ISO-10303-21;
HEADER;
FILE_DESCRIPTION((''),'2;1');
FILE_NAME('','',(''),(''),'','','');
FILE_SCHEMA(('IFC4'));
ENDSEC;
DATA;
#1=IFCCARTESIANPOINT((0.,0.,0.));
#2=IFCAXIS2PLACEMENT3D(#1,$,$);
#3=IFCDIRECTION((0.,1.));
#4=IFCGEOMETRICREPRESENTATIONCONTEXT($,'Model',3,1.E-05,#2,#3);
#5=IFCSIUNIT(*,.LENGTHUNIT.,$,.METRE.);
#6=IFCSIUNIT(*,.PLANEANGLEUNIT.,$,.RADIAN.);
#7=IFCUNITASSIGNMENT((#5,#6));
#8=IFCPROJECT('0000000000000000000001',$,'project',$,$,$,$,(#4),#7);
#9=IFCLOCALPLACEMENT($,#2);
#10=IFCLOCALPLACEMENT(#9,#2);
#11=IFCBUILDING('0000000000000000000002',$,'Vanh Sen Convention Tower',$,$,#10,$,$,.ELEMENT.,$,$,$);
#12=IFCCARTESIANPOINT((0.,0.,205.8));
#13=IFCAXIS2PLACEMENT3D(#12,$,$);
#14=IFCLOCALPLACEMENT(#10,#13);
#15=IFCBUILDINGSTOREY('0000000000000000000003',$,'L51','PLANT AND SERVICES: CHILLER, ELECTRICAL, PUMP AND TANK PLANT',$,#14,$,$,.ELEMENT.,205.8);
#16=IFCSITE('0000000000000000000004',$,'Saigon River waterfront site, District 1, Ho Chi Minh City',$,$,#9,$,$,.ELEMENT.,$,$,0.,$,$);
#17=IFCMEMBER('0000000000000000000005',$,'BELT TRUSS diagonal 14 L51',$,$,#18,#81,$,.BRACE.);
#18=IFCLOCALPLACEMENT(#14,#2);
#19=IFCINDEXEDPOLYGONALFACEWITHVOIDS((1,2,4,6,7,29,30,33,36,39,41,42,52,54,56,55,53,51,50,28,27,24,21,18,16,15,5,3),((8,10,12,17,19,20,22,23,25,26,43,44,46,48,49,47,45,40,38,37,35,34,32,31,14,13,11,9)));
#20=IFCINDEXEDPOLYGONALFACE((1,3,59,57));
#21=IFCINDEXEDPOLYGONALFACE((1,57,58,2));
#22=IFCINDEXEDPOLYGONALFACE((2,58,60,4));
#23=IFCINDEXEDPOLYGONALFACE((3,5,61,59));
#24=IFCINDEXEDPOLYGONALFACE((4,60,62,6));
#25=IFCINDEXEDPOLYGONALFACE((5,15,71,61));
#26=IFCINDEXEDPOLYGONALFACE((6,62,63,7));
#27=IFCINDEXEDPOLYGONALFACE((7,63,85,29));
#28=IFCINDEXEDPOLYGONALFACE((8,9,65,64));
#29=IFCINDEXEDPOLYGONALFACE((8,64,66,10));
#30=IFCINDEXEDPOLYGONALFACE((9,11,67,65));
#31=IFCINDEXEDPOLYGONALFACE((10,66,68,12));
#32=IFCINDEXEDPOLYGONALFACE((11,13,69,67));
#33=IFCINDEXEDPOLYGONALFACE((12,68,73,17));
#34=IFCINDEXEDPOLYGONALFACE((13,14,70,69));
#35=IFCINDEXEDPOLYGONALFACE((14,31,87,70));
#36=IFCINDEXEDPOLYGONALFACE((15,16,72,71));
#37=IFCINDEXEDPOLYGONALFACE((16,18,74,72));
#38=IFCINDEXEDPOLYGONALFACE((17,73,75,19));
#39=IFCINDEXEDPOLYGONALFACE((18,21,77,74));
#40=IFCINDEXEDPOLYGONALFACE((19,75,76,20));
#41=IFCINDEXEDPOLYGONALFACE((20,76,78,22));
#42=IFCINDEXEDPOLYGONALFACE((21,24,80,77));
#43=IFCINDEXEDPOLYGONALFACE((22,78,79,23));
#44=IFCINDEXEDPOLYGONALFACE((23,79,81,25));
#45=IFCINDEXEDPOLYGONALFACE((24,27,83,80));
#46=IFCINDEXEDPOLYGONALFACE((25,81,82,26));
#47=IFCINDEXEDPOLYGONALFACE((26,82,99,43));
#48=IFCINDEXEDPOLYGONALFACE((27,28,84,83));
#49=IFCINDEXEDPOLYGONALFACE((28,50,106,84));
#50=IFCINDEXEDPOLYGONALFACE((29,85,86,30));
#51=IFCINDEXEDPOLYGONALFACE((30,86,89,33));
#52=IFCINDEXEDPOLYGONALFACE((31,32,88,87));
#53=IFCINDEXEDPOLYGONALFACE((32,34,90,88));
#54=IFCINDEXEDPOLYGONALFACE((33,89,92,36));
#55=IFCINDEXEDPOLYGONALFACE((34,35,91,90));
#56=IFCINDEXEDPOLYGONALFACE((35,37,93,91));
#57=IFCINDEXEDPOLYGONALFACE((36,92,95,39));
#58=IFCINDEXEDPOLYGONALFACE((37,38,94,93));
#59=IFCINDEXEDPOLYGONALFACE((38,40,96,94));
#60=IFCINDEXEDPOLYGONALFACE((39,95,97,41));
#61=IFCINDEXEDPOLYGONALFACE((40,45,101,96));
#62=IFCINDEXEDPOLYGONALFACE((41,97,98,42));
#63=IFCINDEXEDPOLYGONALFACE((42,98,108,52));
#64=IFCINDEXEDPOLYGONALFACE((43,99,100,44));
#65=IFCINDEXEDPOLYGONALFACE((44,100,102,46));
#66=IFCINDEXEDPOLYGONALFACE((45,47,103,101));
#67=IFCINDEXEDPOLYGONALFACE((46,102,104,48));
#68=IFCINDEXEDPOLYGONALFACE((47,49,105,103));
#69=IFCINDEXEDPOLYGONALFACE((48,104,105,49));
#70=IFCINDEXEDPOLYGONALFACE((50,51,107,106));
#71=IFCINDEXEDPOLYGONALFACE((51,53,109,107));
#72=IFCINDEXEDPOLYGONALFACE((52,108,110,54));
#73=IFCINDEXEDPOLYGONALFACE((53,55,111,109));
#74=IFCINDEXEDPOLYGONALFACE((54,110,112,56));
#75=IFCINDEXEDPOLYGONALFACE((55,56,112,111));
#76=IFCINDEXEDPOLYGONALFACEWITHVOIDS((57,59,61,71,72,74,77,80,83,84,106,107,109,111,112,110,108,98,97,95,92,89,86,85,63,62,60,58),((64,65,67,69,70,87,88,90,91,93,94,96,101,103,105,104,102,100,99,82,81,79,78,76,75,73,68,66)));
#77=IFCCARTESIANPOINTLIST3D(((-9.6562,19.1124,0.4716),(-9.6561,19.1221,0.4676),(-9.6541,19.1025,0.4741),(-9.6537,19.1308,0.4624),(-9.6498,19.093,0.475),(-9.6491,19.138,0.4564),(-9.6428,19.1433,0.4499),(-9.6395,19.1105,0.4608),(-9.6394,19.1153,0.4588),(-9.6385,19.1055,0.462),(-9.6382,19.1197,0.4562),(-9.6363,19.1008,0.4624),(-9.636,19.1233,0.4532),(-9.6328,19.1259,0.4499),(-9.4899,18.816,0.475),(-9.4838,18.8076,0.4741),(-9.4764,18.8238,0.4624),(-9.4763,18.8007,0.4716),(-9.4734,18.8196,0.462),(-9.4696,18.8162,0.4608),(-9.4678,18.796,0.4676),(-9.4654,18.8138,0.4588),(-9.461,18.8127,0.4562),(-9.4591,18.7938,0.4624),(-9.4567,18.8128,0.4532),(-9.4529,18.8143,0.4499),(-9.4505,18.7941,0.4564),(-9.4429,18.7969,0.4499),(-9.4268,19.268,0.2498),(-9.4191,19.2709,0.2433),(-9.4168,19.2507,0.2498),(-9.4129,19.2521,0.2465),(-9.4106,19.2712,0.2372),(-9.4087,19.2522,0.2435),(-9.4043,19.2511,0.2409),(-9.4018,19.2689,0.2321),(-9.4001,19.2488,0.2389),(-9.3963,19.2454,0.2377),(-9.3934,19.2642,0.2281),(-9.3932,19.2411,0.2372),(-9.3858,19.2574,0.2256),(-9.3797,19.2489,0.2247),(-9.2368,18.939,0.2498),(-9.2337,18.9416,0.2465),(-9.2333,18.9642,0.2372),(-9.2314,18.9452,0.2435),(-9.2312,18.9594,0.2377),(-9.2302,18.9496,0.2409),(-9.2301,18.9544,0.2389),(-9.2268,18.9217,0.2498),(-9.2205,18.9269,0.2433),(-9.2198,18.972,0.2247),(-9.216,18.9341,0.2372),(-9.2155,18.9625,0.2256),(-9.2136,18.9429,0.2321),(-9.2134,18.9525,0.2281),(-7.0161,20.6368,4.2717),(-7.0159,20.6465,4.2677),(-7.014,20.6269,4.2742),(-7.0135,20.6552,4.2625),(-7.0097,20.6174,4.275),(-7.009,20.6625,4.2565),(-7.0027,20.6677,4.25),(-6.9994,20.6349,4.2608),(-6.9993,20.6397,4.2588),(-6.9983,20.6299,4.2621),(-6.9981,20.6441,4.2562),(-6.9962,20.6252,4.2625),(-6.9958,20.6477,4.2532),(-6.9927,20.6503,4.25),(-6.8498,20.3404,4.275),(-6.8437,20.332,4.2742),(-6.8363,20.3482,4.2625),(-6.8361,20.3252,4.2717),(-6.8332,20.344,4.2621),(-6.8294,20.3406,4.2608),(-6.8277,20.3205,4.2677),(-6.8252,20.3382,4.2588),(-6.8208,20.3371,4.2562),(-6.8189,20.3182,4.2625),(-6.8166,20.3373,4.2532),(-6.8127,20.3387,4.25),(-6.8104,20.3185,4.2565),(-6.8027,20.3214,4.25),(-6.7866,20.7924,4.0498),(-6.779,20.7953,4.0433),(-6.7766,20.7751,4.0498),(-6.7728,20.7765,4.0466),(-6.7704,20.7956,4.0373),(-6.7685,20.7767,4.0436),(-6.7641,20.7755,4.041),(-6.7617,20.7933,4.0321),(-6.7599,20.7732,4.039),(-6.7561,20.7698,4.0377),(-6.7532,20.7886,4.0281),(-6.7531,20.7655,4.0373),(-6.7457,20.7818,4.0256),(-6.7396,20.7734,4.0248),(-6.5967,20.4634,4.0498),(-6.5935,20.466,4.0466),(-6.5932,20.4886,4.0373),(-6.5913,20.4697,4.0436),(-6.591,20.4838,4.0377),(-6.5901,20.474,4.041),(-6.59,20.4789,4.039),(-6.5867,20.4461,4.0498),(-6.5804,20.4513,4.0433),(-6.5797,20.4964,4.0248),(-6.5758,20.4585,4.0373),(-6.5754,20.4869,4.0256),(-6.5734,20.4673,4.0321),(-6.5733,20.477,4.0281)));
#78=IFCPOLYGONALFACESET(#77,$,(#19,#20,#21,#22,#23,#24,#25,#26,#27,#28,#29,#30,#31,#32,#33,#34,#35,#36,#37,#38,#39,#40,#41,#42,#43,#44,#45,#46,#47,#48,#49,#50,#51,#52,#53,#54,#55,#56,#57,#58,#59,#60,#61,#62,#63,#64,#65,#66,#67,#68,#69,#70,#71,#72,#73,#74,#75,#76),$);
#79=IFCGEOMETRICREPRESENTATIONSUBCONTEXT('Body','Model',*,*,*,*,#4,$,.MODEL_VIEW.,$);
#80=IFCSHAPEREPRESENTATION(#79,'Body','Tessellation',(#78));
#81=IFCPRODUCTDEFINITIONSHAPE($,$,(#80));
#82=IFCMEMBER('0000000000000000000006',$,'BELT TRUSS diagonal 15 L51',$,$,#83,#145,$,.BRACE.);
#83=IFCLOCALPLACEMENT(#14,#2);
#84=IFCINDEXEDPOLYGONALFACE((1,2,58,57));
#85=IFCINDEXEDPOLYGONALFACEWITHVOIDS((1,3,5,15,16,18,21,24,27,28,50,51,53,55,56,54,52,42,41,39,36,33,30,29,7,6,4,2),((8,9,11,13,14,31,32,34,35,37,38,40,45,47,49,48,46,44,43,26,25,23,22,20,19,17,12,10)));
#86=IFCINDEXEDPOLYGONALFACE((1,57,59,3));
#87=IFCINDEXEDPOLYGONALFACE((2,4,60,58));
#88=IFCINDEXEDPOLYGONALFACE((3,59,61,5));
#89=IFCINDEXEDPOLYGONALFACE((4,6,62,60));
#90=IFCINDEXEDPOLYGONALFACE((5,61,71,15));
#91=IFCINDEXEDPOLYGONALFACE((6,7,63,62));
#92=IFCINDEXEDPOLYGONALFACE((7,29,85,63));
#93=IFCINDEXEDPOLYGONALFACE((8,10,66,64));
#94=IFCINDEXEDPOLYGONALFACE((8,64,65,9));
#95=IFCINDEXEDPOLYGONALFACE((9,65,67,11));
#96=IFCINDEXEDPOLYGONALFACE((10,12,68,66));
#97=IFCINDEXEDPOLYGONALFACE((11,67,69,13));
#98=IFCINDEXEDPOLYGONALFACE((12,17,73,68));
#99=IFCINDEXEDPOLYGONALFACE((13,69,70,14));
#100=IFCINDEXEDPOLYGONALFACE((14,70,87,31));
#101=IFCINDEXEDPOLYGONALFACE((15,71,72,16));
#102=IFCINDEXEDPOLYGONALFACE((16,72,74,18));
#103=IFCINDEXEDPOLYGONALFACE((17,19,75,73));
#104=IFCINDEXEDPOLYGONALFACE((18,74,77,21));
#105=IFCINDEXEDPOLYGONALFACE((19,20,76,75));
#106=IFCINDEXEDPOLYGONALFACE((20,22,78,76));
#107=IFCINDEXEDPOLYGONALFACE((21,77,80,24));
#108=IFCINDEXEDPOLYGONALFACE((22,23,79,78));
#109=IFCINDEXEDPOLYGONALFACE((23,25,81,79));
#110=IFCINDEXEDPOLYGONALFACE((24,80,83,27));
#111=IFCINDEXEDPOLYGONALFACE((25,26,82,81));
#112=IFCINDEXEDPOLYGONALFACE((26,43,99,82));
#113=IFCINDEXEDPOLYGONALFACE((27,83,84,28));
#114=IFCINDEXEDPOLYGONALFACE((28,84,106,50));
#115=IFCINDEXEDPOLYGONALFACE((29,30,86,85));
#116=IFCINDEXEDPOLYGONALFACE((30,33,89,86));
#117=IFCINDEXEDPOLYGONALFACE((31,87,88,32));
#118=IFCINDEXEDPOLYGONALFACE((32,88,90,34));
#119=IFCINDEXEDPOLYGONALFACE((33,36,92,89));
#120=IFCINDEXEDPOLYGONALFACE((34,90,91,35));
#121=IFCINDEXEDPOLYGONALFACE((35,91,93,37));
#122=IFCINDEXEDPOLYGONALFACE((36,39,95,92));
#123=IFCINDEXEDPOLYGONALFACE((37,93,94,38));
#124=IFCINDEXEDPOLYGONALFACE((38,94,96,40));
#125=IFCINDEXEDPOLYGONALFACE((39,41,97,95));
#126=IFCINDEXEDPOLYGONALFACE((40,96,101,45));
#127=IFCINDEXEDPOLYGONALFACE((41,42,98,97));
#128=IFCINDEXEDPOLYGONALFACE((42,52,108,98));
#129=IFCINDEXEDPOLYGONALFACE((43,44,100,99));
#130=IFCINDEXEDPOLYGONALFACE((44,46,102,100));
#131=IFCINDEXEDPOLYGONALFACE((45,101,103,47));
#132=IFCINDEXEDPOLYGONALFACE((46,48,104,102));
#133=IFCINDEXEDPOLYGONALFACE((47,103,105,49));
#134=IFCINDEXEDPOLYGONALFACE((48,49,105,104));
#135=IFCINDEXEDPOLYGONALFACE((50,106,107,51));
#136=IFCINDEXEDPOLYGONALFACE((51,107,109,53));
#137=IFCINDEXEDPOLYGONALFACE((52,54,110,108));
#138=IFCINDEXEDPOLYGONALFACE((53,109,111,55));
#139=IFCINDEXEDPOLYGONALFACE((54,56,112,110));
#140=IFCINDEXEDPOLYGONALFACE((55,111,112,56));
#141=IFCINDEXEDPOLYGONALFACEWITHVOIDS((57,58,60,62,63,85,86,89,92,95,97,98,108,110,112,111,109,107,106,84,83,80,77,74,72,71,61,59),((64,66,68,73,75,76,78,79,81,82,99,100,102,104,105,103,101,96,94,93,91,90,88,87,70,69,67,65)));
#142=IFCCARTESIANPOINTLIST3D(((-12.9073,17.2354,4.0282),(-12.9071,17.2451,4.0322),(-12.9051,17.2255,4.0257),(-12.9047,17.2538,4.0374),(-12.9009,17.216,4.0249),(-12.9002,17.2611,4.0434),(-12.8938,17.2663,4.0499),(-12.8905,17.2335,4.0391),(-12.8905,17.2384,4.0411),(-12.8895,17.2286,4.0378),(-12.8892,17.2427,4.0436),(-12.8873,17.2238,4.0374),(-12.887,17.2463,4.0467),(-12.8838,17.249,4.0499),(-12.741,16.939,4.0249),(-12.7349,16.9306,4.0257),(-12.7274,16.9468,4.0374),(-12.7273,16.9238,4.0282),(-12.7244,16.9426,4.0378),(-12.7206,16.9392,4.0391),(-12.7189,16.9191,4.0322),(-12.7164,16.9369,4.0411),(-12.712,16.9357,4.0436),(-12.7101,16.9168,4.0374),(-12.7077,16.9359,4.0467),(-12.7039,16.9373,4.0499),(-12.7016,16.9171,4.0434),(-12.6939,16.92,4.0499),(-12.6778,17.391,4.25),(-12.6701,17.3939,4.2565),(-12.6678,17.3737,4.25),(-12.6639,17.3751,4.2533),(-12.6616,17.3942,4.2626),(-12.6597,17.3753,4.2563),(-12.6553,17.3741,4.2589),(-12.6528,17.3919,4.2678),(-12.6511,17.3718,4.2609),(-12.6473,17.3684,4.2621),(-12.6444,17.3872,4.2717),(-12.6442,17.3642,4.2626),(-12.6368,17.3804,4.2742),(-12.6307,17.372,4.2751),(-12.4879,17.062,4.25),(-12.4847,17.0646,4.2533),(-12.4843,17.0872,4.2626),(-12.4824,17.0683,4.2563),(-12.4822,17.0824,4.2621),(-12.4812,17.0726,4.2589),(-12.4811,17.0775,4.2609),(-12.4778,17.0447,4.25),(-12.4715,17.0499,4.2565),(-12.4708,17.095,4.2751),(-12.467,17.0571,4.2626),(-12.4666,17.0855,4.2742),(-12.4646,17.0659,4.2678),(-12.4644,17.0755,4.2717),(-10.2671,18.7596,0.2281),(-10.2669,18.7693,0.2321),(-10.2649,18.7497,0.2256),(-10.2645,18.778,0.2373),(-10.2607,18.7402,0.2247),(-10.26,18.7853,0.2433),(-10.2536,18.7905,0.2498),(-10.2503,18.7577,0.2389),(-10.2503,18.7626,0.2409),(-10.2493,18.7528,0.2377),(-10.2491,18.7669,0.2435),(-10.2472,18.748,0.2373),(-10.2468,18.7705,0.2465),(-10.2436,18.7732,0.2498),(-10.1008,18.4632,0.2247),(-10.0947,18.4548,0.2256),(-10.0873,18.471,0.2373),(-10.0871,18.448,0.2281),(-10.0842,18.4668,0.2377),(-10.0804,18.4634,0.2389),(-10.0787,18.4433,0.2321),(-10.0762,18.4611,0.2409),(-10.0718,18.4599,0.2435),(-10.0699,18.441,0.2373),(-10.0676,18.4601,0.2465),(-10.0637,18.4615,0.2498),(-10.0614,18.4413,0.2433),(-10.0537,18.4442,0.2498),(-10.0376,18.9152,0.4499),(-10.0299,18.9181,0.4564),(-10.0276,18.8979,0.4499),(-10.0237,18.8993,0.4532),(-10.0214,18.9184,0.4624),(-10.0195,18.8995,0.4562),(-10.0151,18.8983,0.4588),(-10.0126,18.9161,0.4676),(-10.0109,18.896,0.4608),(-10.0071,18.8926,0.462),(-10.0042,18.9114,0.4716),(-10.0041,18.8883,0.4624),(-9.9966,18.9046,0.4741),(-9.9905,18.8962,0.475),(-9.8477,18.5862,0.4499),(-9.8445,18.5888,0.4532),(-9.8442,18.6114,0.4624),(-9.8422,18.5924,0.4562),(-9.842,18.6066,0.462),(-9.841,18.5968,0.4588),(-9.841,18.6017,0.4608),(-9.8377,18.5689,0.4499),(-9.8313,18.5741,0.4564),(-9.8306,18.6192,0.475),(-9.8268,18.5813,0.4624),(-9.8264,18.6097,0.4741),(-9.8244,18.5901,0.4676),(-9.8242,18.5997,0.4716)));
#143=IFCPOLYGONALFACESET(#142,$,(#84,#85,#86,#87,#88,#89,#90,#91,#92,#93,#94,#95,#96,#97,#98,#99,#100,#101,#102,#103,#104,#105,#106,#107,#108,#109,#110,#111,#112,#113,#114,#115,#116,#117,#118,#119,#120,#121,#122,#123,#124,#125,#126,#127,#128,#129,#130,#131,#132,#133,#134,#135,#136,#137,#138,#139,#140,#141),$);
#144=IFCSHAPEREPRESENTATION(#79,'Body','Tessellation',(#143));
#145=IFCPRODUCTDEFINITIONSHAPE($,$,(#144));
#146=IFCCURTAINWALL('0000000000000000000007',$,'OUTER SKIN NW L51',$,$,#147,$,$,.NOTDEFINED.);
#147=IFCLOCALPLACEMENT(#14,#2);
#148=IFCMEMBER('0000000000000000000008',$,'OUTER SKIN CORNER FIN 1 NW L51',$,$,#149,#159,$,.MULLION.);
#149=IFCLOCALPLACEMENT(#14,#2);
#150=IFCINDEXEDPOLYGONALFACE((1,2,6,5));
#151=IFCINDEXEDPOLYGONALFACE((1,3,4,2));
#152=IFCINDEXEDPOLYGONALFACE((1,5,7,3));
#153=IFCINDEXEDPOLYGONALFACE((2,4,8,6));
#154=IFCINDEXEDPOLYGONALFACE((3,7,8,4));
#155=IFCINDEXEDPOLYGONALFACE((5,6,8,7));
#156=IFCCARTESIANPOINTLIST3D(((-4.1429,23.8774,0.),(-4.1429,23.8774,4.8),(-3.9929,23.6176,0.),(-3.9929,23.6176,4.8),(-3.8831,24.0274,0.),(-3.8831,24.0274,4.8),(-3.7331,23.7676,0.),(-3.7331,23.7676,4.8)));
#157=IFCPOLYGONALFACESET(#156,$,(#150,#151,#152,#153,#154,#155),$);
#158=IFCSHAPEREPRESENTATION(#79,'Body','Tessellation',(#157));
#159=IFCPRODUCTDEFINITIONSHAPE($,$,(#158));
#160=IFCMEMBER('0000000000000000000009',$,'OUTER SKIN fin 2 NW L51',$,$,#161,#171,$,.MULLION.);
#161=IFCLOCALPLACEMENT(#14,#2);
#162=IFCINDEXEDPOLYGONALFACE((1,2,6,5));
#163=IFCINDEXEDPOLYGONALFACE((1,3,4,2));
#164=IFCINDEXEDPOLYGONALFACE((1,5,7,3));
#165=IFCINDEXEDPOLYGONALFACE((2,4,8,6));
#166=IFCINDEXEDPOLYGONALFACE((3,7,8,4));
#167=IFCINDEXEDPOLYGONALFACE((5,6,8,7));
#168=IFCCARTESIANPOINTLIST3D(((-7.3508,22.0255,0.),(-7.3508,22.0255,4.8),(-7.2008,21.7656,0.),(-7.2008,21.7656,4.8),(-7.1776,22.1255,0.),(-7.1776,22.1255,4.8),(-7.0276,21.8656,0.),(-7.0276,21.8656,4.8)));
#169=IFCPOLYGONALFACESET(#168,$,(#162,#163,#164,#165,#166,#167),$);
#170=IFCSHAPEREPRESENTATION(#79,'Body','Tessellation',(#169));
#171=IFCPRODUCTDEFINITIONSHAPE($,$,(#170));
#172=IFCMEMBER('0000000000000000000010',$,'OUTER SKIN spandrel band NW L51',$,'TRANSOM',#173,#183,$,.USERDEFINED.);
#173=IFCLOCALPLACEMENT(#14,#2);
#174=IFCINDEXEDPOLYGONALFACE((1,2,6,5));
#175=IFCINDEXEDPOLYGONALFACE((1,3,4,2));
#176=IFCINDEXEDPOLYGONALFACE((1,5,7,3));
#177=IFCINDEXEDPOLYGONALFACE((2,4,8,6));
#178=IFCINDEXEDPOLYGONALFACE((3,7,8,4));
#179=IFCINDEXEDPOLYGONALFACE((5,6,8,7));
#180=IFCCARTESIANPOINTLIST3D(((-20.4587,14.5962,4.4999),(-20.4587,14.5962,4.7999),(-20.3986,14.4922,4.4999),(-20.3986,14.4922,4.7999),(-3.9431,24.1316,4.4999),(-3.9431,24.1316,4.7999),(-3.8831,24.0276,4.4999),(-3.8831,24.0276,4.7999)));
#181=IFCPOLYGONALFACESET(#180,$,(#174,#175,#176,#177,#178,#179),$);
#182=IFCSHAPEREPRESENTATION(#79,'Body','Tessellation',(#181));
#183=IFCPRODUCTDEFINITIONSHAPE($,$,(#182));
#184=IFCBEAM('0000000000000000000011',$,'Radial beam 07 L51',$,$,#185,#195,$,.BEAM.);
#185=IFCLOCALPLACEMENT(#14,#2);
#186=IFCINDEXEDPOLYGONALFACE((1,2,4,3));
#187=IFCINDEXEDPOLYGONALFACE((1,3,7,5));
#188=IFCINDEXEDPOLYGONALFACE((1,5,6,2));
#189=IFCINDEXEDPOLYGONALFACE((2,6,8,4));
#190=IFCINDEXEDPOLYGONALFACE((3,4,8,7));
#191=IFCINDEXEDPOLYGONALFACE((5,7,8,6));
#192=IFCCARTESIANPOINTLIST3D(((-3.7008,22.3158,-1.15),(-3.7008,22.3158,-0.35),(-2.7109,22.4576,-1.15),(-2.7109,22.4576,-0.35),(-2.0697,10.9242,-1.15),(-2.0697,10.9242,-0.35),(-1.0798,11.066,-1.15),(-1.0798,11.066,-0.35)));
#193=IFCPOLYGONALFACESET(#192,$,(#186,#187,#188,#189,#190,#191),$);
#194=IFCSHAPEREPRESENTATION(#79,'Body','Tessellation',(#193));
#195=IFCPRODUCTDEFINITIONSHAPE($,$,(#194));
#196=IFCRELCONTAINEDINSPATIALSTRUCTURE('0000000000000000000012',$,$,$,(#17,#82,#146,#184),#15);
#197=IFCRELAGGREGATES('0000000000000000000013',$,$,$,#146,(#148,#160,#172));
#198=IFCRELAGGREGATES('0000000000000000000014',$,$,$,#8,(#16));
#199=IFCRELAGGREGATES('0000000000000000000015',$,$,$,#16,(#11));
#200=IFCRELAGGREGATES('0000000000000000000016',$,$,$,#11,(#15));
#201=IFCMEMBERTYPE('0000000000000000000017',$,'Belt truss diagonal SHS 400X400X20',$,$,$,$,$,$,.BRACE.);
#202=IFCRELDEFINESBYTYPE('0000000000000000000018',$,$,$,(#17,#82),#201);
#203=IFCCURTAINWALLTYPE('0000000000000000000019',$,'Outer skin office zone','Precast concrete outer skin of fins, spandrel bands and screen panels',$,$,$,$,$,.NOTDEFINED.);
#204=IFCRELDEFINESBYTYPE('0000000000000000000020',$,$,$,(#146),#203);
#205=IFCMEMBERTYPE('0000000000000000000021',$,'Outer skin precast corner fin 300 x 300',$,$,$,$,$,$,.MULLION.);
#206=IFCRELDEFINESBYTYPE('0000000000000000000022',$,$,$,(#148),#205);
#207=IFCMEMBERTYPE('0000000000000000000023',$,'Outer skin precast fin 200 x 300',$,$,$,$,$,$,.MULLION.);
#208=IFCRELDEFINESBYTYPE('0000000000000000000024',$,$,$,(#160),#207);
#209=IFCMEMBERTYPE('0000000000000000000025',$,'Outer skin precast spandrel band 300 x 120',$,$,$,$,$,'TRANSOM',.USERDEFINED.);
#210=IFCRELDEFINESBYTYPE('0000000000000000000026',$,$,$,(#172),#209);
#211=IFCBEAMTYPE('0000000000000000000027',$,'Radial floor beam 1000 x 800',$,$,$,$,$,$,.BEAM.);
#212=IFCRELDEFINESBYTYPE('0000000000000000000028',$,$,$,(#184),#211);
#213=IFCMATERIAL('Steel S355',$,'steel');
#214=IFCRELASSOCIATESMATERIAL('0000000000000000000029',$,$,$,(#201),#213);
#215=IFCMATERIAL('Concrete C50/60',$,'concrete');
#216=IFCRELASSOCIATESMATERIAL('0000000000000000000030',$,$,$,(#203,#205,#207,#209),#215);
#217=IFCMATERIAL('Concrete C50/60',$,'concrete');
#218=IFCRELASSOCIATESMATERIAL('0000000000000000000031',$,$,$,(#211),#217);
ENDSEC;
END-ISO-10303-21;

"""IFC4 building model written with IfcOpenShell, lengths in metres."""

from ifc_helpers import new_model, si_unit, direction, frame, origin, origin_2d, place, context, subcontext, project, spatial, rectangle, hollow_rectangle, extrude, material, material_profile, profile_set, type_object, element, aggregate, save


model = new_model("IFC4")

# Units and contexts
model_context = context("Model", 3, precision=1e-05, world=origin(), true_north=direction((0.0, 1.0)))
body_context = subcontext(model_context, "Body", "Model", "MODEL_VIEW")
ifc_project = project(units=[si_unit("LENGTHUNIT", "METRE"), si_unit("PLANEANGLEUNIT", "RADIAN")], contexts=[model_context])

# Site, building, storey
site_placement = place(None, origin())
site = spatial("IfcSite", under=ifc_project, at=site_placement, Name="Saigon River waterfront site, District 1, Ho Chi Minh City", CompositionType="ELEMENT", RefElevation=0.0)
building_placement = place(site_placement, origin())
building = spatial("IfcBuilding", under=site, at=building_placement, Name="Vanh Sen Convention Tower", CompositionType="ELEMENT")
storey_placement = place(building_placement, frame((0.0, 0.0, 205.8)))
storey = spatial("IfcBuildingStorey", under=building, at=storey_placement, Name="L51", Description="PLANT AND SERVICES: CHILLER, ELECTRICAL, PUMP AND TANK PLANT", CompositionType="ELEMENT", Elevation=205.8)

# Members
ifc_material_1 = material(Name="Steel S355", Category="steel")
ifc_material_profile_1 = material_profile(ifc_material_1, hollow_rectangle(XDim=0.3999, YDim=0.3999, WallThickness=0.02, InnerFilletRadius=0.02, OuterFilletRadius=0.04, at=origin_2d()), Name="SHS 400X400X20")
ifc_profile_set_1 = profile_set([ifc_material_profile_1], Name="Steel S355")
member_type_1 = type_object("IfcMemberType", Name="Belt truss diagonal SHS 400X400X20", PredefinedType="BRACE", material=ifc_profile_set_1)
for number, where, z_axis, x_axis, name in (
    (1, (-6.7947, 20.5569, 4.1499), (-0.541921, -0.312905, -0.780008), (0.500032, -0.866007, 0.0), "BELT TRUSS diagonal 14 L51"),
    (2, (-10.0457, 18.6797, 0.3499), (-0.54193, -0.31286, 0.78002), (0.499972, -0.866042, 0.0), "BELT TRUSS diagonal 15 L51"),
):
    element("IfcMember", number, at=place(storey_placement, frame(where, z_axis=z_axis, x_axis=x_axis)), inside=storey, type_object=member_type_1, Name=name, PredefinedType="BRACE", context=body_context, shape_type="SweptSolid", body=[
        extrude(hollow_rectangle(XDim=0.3999, YDim=0.3999, WallThickness=0.02, InnerFilletRadius=0.02, OuterFilletRadius=0.04, at=origin_2d()), origin(), (0.0, 0.0, 1.0), 4.8718),
    ])

# Curtain wall, members
ifc_material_2 = material(Name="Concrete C50/60", Category="concrete")
curtain_wall_type = type_object("IfcCurtainWallType", Name="Outer skin office zone", Description="Precast concrete outer skin of fins, spandrel bands and screen panels", PredefinedType="NOTDEFINED", material=ifc_material_2)
curtain_wall_1_placement = place(storey_placement, origin())
curtain_wall_1 = element("IfcCurtainWall", 3, at=curtain_wall_1_placement, inside=storey, type_object=curtain_wall_type, Name="OUTER SKIN NW L51", PredefinedType="NOTDEFINED")
ifc_material_profile_2 = material_profile(ifc_material_2, rectangle(XDim=0.3, YDim=0.3, at=origin_2d()), Name="Outer skin precast corner fin 300 x 300")
ifc_profile_set_2 = profile_set([ifc_material_profile_2], Name="Concrete C50/60")
member_type_2 = type_object("IfcMemberType", Name="Outer skin precast corner fin 300 x 300", PredefinedType="MULLION", material=ifc_profile_set_2)
member_1_placement = place(storey_placement, frame((-3.938, 23.8225, 0.0), z_axis=(0.0, 0.0, 1.0), x_axis=(-0.866025, -0.5, 0.0)))
member_1 = element("IfcMember", 4, at=member_1_placement, type_object=member_type_2, Name="OUTER SKIN CORNER FIN 1 NW L51", PredefinedType="MULLION", context=body_context, shape_type="SweptSolid", body=[
    extrude(rectangle(XDim=0.3, YDim=0.3, at=origin_2d()), origin(), (0.0, 0.0, 1.0), 4.8),
])
ifc_material_profile_3 = material_profile(ifc_material_2, rectangle(XDim=0.2, YDim=0.3, at=origin_2d()), Name="Outer skin precast fin 200 x 300")
ifc_profile_set_3 = profile_set([ifc_material_profile_3], Name="Concrete C50/60")
member_type_3 = type_object("IfcMemberType", Name="Outer skin precast fin 200 x 300", PredefinedType="MULLION", material=ifc_profile_set_3)
member_2_placement = place(storey_placement, frame((-7.1892, 21.9456, 0.0), z_axis=(0.0, 0.0, 1.0), x_axis=(-0.866025, -0.5, 0.0)))
member_2 = element("IfcMember", 5, at=member_2_placement, type_object=member_type_3, Name="OUTER SKIN fin 2 NW L51", PredefinedType="MULLION", context=body_context, shape_type="SweptSolid", body=[
    extrude(rectangle(XDim=0.2, YDim=0.3, at=origin_2d()), origin(), (0.0, 0.0, 1.0), 4.8),
])
ifc_material_profile_4 = material_profile(ifc_material_2, rectangle(XDim=0.1201, YDim=0.3, at=origin_2d()), Name="Outer skin precast spandrel band 300 x 120")
ifc_profile_set_4 = profile_set([ifc_material_profile_4], Name="Concrete C50/60")
member_type_4 = type_object("IfcMemberType", Name="Outer skin precast spandrel band 300 x 120", ElementType="TRANSOM", PredefinedType="USERDEFINED", material=ifc_profile_set_4)
member_3_placement = place(storey_placement, frame((-3.9131, 24.0796, 4.6499), z_axis=(-0.866023, -0.500004, 0.0), x_axis=(0.500004, -0.866023, 0.0)))
member_3 = element("IfcMember", 6, at=member_3_placement, type_object=member_type_4, Name="OUTER SKIN spandrel band NW L51", ObjectType="TRANSOM", PredefinedType="USERDEFINED", context=body_context, shape_type="SweptSolid", body=[
    extrude(rectangle(XDim=0.1201, YDim=0.3, at=origin_2d()), origin(), (0.0, 0.0, 1.0), 19.0706),
])

# Beam
ifc_material_3 = material(Name="Concrete C50/60", Category="concrete")
ifc_material_profile_5 = material_profile(ifc_material_3, rectangle(XDim=1.0, YDim=0.8, at=origin_2d()), Name="RC 1000X800")
ifc_profile_set_5 = profile_set([ifc_material_profile_5], Name="Concrete C50/60")
beam_type_1 = type_object("IfcBeamType", Name="Radial floor beam 1000 x 800", PredefinedType="BEAM", material=ifc_profile_set_5)
beam_1_placement = place(storey_placement, frame((-3.2058, 22.3867, -0.75), z_axis=(0.141739, -0.989904, 0.0), x_axis=(0.989904, 0.141739, 0.0)))
element("IfcBeam", 7, at=beam_1_placement, inside=storey, type_object=beam_type_1, Name="Radial beam 07 L51", PredefinedType="BEAM", context=body_context, shape_type="SweptSolid", body=[
    extrude(rectangle(XDim=1.0, YDim=0.8, at=origin_2d()), origin(), (0.0, 0.0, 1.0), 11.5078),
])

aggregate(curtain_wall_1, [member_1, member_2, member_3])

save(model, "model.ifc")
